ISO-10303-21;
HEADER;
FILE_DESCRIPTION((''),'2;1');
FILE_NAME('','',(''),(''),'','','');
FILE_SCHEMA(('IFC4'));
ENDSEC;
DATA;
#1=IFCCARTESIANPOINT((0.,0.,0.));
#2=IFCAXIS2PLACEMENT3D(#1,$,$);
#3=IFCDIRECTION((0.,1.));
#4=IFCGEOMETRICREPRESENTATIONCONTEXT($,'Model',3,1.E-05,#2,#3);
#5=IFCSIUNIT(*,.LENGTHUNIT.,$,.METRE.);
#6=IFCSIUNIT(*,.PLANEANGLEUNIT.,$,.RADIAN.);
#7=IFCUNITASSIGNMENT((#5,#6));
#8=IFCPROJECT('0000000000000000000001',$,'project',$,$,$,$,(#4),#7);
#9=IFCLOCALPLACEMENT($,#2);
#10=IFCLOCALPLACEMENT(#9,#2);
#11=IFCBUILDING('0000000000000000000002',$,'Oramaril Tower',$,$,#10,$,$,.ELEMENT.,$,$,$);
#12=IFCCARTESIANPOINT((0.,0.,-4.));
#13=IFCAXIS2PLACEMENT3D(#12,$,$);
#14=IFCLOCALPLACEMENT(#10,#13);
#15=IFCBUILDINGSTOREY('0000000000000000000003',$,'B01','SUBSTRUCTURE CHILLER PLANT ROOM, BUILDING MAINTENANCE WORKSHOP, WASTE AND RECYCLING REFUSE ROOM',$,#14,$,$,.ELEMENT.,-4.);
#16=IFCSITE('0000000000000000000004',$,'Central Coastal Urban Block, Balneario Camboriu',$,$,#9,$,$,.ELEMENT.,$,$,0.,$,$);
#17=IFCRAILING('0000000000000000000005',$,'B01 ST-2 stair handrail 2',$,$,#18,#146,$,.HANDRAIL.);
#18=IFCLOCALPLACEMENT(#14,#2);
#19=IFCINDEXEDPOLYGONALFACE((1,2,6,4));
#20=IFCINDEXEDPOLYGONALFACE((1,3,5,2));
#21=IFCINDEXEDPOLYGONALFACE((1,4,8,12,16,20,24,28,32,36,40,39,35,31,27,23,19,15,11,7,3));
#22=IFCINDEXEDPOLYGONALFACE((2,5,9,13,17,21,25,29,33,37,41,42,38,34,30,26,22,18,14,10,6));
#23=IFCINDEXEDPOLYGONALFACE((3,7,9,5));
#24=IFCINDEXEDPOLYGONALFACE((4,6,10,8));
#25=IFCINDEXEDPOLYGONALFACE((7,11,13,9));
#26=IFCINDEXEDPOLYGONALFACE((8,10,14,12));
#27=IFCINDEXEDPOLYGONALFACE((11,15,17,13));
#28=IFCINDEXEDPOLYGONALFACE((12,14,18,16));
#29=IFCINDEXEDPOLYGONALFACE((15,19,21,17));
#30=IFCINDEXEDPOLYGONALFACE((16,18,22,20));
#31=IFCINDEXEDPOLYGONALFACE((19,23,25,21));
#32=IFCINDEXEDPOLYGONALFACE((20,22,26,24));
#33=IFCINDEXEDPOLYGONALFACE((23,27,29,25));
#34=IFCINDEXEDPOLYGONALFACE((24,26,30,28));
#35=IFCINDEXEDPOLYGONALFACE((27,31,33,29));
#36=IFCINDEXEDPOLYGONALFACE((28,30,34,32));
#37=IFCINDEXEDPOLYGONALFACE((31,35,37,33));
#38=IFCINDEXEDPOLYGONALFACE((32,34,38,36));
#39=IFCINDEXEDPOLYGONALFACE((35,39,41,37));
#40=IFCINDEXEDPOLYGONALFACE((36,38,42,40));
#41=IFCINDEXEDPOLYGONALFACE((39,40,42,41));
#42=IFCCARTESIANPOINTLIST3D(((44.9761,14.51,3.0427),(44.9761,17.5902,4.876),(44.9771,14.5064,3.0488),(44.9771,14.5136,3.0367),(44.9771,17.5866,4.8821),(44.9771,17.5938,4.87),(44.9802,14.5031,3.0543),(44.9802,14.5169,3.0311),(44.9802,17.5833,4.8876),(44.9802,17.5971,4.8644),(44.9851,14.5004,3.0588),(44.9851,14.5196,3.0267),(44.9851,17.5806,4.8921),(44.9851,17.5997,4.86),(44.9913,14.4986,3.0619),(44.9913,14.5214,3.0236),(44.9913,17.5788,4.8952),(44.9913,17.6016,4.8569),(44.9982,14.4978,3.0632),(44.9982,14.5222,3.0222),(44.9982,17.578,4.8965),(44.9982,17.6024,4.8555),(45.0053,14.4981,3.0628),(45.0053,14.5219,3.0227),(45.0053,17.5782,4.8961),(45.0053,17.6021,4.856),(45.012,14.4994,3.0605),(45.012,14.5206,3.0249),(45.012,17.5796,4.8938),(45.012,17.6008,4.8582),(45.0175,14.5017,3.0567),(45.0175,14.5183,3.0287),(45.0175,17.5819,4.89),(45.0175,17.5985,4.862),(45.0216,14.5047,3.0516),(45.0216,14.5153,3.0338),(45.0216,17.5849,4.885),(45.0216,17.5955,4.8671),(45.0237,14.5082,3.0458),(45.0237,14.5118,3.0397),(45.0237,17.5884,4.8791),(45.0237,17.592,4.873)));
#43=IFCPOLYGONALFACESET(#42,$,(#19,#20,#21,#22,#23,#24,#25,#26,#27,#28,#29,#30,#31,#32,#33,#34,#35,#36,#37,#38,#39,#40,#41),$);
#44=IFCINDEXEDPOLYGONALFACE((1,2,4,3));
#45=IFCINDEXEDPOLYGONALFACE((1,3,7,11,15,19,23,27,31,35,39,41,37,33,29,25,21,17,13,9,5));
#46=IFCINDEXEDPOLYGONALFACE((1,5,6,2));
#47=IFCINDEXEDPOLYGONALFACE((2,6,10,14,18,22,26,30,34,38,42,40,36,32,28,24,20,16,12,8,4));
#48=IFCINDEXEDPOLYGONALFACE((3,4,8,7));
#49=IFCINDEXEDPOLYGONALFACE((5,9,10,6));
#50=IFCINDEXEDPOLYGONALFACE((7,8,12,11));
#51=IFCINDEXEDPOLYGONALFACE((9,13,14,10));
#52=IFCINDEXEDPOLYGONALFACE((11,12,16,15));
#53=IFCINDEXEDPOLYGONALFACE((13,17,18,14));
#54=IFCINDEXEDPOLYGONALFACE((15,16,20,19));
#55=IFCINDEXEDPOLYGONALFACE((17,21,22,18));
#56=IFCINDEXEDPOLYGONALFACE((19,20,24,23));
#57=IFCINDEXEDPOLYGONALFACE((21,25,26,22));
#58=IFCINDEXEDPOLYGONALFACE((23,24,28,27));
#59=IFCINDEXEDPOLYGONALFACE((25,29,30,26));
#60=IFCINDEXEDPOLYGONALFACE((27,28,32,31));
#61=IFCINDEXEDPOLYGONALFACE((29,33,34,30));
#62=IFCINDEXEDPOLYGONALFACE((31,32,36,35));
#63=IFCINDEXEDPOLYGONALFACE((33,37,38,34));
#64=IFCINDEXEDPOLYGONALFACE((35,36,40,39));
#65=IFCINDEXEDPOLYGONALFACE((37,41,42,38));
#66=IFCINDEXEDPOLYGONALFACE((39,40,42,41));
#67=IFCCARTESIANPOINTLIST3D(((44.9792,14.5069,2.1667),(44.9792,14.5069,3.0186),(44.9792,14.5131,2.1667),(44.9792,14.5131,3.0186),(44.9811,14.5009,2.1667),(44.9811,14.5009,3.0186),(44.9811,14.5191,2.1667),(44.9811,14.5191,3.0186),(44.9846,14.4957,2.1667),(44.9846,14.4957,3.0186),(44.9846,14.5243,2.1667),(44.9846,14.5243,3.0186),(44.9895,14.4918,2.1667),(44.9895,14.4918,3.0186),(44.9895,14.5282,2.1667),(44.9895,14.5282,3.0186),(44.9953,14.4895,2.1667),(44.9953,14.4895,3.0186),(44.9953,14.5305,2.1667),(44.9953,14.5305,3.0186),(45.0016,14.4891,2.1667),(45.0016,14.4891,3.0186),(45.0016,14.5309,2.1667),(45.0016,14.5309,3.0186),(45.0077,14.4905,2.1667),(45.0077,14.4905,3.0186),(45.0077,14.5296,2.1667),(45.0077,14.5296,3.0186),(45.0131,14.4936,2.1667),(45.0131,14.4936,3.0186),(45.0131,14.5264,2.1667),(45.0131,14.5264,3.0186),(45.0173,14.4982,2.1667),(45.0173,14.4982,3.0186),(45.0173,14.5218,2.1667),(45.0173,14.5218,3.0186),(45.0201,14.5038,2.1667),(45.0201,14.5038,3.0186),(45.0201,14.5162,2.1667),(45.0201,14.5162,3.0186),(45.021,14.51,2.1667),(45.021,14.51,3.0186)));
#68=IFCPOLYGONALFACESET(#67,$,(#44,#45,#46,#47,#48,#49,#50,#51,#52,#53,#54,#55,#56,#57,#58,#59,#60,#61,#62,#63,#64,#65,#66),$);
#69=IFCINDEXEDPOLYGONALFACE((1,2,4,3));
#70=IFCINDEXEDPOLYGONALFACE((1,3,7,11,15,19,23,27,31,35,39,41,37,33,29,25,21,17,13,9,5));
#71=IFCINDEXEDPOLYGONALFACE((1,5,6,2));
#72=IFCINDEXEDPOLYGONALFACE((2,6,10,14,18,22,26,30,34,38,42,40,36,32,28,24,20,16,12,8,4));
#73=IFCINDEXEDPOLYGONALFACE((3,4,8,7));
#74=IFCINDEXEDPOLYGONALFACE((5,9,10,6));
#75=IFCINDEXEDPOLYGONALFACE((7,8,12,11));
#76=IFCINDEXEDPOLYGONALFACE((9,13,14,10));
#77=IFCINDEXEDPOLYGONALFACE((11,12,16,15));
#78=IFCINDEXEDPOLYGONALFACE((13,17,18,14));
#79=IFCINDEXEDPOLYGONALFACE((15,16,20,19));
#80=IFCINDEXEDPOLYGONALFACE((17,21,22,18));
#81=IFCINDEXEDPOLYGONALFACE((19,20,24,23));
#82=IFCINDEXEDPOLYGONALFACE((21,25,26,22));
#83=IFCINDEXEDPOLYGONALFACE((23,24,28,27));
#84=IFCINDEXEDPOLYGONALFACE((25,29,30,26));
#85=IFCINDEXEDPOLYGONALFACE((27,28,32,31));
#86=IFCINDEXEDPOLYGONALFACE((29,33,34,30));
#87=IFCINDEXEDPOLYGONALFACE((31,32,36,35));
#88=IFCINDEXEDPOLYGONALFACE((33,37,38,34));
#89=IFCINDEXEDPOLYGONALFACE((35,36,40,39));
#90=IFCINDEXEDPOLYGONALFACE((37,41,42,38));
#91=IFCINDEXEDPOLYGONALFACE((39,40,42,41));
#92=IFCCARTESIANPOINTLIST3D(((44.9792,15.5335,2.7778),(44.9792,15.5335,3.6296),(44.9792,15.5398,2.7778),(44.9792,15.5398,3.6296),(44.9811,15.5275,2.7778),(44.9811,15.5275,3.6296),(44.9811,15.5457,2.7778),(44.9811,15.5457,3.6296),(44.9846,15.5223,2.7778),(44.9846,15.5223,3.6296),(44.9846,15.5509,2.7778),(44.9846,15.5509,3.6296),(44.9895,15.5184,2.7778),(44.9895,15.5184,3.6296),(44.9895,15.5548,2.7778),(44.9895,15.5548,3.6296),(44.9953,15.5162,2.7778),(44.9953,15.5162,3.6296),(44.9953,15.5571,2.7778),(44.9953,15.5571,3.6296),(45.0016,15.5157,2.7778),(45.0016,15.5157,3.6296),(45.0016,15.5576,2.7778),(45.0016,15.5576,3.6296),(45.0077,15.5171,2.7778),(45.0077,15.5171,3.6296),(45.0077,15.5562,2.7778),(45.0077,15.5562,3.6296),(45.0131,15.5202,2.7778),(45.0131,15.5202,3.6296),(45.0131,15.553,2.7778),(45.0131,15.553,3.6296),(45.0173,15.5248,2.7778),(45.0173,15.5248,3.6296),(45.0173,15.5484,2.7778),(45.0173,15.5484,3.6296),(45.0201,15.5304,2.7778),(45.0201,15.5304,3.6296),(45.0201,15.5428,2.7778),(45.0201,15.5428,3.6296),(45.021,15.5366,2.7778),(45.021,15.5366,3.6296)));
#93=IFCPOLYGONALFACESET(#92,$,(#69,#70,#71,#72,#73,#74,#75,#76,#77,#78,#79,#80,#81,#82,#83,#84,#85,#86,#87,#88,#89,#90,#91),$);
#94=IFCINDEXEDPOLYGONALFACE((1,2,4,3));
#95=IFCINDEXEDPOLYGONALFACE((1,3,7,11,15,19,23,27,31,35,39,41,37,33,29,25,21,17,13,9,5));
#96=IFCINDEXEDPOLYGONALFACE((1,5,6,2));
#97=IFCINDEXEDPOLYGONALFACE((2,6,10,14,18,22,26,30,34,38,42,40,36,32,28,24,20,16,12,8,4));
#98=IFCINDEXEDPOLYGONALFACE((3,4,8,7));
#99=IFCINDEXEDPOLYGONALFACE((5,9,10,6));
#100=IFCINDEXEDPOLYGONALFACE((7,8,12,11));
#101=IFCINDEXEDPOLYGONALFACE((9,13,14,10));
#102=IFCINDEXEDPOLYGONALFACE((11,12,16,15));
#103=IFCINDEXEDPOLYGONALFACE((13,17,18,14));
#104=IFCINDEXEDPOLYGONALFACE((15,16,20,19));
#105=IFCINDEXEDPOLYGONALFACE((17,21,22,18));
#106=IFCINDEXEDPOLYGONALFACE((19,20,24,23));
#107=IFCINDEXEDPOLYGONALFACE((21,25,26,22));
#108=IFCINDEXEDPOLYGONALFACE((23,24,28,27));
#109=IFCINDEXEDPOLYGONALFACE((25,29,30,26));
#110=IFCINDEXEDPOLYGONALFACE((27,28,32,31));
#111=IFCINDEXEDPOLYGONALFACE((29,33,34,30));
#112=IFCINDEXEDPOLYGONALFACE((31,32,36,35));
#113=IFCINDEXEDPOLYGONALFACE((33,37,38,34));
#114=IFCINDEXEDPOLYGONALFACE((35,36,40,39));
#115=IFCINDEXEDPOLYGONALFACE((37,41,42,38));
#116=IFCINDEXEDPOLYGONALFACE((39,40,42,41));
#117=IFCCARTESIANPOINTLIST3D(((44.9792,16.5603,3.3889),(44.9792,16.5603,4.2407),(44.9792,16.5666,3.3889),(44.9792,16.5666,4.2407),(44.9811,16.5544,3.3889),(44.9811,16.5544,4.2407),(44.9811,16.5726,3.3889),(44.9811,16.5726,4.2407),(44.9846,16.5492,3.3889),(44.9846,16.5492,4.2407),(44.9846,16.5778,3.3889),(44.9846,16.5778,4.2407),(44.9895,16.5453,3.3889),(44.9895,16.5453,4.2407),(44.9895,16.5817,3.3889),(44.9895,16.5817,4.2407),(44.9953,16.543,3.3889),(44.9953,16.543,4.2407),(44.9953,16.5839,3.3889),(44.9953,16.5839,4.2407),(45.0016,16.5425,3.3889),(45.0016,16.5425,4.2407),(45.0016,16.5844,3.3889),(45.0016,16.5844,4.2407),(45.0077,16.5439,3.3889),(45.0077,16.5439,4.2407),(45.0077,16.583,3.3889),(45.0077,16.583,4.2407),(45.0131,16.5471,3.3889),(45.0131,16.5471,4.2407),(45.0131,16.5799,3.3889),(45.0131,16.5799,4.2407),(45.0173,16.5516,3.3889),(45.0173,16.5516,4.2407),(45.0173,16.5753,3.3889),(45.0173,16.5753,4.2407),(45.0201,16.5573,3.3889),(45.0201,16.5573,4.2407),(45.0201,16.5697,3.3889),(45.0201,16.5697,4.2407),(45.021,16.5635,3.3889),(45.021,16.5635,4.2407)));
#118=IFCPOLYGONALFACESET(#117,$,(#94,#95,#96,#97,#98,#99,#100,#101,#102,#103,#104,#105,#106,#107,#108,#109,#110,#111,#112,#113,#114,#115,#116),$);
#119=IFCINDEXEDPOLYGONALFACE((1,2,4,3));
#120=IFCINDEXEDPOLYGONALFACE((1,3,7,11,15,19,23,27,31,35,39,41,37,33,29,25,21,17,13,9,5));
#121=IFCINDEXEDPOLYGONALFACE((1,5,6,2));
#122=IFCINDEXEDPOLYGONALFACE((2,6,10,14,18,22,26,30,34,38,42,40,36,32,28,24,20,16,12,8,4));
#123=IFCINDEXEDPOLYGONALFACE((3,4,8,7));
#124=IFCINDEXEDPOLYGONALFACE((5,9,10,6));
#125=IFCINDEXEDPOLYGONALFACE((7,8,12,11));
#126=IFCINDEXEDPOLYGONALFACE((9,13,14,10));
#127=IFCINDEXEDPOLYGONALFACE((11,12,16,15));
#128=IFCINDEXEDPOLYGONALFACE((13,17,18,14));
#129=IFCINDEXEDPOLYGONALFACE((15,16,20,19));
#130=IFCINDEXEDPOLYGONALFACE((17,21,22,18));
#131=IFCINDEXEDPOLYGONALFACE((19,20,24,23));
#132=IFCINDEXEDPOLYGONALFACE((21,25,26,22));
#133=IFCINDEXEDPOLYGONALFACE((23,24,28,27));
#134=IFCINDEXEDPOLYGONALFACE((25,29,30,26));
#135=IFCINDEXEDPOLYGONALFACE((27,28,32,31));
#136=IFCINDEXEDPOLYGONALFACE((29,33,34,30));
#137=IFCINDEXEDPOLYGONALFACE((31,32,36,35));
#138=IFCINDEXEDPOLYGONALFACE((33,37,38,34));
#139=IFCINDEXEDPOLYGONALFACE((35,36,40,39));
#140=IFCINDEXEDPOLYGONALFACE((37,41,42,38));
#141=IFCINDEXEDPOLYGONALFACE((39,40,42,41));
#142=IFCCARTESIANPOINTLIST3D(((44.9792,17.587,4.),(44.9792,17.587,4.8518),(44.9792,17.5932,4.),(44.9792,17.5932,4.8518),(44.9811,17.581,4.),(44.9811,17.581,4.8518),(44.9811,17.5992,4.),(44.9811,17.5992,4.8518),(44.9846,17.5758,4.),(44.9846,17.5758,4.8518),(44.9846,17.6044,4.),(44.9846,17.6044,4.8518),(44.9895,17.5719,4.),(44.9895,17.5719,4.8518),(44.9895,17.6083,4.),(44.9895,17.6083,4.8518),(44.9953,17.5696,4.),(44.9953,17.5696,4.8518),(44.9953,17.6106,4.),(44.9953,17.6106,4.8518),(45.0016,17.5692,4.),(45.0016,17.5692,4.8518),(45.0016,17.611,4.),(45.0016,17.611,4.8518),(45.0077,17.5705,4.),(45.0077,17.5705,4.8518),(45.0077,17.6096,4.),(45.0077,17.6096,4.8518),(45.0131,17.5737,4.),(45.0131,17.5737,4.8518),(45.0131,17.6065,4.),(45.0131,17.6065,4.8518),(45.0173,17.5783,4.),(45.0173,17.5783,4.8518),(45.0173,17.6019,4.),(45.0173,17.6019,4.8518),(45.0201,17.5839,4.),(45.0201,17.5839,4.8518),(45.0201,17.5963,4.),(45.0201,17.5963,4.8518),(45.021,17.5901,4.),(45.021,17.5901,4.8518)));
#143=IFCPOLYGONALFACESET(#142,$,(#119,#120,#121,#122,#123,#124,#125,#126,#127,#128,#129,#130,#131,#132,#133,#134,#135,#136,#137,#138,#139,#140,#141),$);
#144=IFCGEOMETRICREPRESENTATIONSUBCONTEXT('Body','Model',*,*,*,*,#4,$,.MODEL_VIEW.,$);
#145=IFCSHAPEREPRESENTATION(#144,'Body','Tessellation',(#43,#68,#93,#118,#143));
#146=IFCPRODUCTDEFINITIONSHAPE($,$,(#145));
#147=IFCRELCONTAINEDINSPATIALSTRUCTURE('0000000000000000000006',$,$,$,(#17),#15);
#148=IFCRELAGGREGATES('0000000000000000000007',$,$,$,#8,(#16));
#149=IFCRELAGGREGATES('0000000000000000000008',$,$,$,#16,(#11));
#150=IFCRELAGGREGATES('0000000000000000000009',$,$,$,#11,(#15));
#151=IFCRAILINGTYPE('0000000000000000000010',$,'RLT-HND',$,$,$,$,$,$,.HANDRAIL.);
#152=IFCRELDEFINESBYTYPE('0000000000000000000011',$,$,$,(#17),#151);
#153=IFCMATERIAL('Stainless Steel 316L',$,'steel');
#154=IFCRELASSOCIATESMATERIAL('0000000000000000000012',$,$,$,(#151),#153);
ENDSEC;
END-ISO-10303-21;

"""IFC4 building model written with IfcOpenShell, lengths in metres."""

from ifc_helpers import new_model, si_unit, direction, frame, origin, origin_2d, place, context, subcontext, project, spatial, circle, extrude, material, type_object, element, save


model = new_model("IFC4")

# Units and contexts
model_context = context("Model", 3, precision=1e-05, world=origin(), true_north=direction((0.0, 1.0)))
body_context = subcontext(model_context, "Body", "Model", "MODEL_VIEW")
ifc_project = project(units=[si_unit("LENGTHUNIT", "METRE"), si_unit("PLANEANGLEUNIT", "RADIAN")], contexts=[model_context])

# Site, building, storey
site_placement = place(None, origin())
site = spatial("IfcSite", under=ifc_project, at=site_placement, Name="Central Coastal Urban Block, Balneario Camboriu", CompositionType="ELEMENT", RefElevation=0.0)
building_placement = place(site_placement, origin())
building = spatial("IfcBuilding", under=site, at=building_placement, Name="Oramaril Tower", CompositionType="ELEMENT")
storey_placement = place(building_placement, frame((0.0, 0.0, -4.0)))
storey = spatial("IfcBuildingStorey", under=building, at=storey_placement, Name="B01", Description="SUBSTRUCTURE CHILLER PLANT ROOM, BUILDING MAINTENANCE WORKSHOP, WASTE AND RECYCLING REFUSE ROOM", CompositionType="ELEMENT", Elevation=-4.0)

# Railing
ifc_material_1 = material(Name="Stainless Steel 316L", Category="steel")
railing_type_1 = type_object("IfcRailingType", Name="RLT-HND", PredefinedType="HANDRAIL", material=ifc_material_1)
for number, where, name in (
    (1, (45.0, 14.51, 2.1667), "B01 ST-2 stair handrail 2"),
):
    element("IfcRailing", number, at=place(storey_placement, frame(where)), inside=storey, type_object=railing_type_1, Name=name, PredefinedType="HANDRAIL", context=body_context, shape_type="SweptSolid", body=[
        extrude(circle(Radius=0.0239, at=origin_2d()), frame((0.0, 0.0, 0.876), z_axis=(0.0, 0.859309, 0.511458), x_axis=(-1.0, 0.0, 0.0)), (0.0, 0.0, 1.0), 3.5845),
        extrude(circle(Radius=0.021, at=origin_2d()), origin(), (0.0, 0.0, 1.0), 0.8518),
        extrude(circle(Radius=0.021, at=origin_2d()), frame((0.0, 1.0266, 0.6111)), (0.0, 0.0, 1.0), 0.8518),
        extrude(circle(Radius=0.021, at=origin_2d()), frame((0.0, 2.0535, 1.2222)), (0.0, 0.0, 1.0), 0.8518),
        extrude(circle(Radius=0.021, at=origin_2d()), frame((0.0, 3.0801, 1.8333)), (0.0, 0.0, 1.0), 0.8518),
    ])

save(model, "model.ifc")
